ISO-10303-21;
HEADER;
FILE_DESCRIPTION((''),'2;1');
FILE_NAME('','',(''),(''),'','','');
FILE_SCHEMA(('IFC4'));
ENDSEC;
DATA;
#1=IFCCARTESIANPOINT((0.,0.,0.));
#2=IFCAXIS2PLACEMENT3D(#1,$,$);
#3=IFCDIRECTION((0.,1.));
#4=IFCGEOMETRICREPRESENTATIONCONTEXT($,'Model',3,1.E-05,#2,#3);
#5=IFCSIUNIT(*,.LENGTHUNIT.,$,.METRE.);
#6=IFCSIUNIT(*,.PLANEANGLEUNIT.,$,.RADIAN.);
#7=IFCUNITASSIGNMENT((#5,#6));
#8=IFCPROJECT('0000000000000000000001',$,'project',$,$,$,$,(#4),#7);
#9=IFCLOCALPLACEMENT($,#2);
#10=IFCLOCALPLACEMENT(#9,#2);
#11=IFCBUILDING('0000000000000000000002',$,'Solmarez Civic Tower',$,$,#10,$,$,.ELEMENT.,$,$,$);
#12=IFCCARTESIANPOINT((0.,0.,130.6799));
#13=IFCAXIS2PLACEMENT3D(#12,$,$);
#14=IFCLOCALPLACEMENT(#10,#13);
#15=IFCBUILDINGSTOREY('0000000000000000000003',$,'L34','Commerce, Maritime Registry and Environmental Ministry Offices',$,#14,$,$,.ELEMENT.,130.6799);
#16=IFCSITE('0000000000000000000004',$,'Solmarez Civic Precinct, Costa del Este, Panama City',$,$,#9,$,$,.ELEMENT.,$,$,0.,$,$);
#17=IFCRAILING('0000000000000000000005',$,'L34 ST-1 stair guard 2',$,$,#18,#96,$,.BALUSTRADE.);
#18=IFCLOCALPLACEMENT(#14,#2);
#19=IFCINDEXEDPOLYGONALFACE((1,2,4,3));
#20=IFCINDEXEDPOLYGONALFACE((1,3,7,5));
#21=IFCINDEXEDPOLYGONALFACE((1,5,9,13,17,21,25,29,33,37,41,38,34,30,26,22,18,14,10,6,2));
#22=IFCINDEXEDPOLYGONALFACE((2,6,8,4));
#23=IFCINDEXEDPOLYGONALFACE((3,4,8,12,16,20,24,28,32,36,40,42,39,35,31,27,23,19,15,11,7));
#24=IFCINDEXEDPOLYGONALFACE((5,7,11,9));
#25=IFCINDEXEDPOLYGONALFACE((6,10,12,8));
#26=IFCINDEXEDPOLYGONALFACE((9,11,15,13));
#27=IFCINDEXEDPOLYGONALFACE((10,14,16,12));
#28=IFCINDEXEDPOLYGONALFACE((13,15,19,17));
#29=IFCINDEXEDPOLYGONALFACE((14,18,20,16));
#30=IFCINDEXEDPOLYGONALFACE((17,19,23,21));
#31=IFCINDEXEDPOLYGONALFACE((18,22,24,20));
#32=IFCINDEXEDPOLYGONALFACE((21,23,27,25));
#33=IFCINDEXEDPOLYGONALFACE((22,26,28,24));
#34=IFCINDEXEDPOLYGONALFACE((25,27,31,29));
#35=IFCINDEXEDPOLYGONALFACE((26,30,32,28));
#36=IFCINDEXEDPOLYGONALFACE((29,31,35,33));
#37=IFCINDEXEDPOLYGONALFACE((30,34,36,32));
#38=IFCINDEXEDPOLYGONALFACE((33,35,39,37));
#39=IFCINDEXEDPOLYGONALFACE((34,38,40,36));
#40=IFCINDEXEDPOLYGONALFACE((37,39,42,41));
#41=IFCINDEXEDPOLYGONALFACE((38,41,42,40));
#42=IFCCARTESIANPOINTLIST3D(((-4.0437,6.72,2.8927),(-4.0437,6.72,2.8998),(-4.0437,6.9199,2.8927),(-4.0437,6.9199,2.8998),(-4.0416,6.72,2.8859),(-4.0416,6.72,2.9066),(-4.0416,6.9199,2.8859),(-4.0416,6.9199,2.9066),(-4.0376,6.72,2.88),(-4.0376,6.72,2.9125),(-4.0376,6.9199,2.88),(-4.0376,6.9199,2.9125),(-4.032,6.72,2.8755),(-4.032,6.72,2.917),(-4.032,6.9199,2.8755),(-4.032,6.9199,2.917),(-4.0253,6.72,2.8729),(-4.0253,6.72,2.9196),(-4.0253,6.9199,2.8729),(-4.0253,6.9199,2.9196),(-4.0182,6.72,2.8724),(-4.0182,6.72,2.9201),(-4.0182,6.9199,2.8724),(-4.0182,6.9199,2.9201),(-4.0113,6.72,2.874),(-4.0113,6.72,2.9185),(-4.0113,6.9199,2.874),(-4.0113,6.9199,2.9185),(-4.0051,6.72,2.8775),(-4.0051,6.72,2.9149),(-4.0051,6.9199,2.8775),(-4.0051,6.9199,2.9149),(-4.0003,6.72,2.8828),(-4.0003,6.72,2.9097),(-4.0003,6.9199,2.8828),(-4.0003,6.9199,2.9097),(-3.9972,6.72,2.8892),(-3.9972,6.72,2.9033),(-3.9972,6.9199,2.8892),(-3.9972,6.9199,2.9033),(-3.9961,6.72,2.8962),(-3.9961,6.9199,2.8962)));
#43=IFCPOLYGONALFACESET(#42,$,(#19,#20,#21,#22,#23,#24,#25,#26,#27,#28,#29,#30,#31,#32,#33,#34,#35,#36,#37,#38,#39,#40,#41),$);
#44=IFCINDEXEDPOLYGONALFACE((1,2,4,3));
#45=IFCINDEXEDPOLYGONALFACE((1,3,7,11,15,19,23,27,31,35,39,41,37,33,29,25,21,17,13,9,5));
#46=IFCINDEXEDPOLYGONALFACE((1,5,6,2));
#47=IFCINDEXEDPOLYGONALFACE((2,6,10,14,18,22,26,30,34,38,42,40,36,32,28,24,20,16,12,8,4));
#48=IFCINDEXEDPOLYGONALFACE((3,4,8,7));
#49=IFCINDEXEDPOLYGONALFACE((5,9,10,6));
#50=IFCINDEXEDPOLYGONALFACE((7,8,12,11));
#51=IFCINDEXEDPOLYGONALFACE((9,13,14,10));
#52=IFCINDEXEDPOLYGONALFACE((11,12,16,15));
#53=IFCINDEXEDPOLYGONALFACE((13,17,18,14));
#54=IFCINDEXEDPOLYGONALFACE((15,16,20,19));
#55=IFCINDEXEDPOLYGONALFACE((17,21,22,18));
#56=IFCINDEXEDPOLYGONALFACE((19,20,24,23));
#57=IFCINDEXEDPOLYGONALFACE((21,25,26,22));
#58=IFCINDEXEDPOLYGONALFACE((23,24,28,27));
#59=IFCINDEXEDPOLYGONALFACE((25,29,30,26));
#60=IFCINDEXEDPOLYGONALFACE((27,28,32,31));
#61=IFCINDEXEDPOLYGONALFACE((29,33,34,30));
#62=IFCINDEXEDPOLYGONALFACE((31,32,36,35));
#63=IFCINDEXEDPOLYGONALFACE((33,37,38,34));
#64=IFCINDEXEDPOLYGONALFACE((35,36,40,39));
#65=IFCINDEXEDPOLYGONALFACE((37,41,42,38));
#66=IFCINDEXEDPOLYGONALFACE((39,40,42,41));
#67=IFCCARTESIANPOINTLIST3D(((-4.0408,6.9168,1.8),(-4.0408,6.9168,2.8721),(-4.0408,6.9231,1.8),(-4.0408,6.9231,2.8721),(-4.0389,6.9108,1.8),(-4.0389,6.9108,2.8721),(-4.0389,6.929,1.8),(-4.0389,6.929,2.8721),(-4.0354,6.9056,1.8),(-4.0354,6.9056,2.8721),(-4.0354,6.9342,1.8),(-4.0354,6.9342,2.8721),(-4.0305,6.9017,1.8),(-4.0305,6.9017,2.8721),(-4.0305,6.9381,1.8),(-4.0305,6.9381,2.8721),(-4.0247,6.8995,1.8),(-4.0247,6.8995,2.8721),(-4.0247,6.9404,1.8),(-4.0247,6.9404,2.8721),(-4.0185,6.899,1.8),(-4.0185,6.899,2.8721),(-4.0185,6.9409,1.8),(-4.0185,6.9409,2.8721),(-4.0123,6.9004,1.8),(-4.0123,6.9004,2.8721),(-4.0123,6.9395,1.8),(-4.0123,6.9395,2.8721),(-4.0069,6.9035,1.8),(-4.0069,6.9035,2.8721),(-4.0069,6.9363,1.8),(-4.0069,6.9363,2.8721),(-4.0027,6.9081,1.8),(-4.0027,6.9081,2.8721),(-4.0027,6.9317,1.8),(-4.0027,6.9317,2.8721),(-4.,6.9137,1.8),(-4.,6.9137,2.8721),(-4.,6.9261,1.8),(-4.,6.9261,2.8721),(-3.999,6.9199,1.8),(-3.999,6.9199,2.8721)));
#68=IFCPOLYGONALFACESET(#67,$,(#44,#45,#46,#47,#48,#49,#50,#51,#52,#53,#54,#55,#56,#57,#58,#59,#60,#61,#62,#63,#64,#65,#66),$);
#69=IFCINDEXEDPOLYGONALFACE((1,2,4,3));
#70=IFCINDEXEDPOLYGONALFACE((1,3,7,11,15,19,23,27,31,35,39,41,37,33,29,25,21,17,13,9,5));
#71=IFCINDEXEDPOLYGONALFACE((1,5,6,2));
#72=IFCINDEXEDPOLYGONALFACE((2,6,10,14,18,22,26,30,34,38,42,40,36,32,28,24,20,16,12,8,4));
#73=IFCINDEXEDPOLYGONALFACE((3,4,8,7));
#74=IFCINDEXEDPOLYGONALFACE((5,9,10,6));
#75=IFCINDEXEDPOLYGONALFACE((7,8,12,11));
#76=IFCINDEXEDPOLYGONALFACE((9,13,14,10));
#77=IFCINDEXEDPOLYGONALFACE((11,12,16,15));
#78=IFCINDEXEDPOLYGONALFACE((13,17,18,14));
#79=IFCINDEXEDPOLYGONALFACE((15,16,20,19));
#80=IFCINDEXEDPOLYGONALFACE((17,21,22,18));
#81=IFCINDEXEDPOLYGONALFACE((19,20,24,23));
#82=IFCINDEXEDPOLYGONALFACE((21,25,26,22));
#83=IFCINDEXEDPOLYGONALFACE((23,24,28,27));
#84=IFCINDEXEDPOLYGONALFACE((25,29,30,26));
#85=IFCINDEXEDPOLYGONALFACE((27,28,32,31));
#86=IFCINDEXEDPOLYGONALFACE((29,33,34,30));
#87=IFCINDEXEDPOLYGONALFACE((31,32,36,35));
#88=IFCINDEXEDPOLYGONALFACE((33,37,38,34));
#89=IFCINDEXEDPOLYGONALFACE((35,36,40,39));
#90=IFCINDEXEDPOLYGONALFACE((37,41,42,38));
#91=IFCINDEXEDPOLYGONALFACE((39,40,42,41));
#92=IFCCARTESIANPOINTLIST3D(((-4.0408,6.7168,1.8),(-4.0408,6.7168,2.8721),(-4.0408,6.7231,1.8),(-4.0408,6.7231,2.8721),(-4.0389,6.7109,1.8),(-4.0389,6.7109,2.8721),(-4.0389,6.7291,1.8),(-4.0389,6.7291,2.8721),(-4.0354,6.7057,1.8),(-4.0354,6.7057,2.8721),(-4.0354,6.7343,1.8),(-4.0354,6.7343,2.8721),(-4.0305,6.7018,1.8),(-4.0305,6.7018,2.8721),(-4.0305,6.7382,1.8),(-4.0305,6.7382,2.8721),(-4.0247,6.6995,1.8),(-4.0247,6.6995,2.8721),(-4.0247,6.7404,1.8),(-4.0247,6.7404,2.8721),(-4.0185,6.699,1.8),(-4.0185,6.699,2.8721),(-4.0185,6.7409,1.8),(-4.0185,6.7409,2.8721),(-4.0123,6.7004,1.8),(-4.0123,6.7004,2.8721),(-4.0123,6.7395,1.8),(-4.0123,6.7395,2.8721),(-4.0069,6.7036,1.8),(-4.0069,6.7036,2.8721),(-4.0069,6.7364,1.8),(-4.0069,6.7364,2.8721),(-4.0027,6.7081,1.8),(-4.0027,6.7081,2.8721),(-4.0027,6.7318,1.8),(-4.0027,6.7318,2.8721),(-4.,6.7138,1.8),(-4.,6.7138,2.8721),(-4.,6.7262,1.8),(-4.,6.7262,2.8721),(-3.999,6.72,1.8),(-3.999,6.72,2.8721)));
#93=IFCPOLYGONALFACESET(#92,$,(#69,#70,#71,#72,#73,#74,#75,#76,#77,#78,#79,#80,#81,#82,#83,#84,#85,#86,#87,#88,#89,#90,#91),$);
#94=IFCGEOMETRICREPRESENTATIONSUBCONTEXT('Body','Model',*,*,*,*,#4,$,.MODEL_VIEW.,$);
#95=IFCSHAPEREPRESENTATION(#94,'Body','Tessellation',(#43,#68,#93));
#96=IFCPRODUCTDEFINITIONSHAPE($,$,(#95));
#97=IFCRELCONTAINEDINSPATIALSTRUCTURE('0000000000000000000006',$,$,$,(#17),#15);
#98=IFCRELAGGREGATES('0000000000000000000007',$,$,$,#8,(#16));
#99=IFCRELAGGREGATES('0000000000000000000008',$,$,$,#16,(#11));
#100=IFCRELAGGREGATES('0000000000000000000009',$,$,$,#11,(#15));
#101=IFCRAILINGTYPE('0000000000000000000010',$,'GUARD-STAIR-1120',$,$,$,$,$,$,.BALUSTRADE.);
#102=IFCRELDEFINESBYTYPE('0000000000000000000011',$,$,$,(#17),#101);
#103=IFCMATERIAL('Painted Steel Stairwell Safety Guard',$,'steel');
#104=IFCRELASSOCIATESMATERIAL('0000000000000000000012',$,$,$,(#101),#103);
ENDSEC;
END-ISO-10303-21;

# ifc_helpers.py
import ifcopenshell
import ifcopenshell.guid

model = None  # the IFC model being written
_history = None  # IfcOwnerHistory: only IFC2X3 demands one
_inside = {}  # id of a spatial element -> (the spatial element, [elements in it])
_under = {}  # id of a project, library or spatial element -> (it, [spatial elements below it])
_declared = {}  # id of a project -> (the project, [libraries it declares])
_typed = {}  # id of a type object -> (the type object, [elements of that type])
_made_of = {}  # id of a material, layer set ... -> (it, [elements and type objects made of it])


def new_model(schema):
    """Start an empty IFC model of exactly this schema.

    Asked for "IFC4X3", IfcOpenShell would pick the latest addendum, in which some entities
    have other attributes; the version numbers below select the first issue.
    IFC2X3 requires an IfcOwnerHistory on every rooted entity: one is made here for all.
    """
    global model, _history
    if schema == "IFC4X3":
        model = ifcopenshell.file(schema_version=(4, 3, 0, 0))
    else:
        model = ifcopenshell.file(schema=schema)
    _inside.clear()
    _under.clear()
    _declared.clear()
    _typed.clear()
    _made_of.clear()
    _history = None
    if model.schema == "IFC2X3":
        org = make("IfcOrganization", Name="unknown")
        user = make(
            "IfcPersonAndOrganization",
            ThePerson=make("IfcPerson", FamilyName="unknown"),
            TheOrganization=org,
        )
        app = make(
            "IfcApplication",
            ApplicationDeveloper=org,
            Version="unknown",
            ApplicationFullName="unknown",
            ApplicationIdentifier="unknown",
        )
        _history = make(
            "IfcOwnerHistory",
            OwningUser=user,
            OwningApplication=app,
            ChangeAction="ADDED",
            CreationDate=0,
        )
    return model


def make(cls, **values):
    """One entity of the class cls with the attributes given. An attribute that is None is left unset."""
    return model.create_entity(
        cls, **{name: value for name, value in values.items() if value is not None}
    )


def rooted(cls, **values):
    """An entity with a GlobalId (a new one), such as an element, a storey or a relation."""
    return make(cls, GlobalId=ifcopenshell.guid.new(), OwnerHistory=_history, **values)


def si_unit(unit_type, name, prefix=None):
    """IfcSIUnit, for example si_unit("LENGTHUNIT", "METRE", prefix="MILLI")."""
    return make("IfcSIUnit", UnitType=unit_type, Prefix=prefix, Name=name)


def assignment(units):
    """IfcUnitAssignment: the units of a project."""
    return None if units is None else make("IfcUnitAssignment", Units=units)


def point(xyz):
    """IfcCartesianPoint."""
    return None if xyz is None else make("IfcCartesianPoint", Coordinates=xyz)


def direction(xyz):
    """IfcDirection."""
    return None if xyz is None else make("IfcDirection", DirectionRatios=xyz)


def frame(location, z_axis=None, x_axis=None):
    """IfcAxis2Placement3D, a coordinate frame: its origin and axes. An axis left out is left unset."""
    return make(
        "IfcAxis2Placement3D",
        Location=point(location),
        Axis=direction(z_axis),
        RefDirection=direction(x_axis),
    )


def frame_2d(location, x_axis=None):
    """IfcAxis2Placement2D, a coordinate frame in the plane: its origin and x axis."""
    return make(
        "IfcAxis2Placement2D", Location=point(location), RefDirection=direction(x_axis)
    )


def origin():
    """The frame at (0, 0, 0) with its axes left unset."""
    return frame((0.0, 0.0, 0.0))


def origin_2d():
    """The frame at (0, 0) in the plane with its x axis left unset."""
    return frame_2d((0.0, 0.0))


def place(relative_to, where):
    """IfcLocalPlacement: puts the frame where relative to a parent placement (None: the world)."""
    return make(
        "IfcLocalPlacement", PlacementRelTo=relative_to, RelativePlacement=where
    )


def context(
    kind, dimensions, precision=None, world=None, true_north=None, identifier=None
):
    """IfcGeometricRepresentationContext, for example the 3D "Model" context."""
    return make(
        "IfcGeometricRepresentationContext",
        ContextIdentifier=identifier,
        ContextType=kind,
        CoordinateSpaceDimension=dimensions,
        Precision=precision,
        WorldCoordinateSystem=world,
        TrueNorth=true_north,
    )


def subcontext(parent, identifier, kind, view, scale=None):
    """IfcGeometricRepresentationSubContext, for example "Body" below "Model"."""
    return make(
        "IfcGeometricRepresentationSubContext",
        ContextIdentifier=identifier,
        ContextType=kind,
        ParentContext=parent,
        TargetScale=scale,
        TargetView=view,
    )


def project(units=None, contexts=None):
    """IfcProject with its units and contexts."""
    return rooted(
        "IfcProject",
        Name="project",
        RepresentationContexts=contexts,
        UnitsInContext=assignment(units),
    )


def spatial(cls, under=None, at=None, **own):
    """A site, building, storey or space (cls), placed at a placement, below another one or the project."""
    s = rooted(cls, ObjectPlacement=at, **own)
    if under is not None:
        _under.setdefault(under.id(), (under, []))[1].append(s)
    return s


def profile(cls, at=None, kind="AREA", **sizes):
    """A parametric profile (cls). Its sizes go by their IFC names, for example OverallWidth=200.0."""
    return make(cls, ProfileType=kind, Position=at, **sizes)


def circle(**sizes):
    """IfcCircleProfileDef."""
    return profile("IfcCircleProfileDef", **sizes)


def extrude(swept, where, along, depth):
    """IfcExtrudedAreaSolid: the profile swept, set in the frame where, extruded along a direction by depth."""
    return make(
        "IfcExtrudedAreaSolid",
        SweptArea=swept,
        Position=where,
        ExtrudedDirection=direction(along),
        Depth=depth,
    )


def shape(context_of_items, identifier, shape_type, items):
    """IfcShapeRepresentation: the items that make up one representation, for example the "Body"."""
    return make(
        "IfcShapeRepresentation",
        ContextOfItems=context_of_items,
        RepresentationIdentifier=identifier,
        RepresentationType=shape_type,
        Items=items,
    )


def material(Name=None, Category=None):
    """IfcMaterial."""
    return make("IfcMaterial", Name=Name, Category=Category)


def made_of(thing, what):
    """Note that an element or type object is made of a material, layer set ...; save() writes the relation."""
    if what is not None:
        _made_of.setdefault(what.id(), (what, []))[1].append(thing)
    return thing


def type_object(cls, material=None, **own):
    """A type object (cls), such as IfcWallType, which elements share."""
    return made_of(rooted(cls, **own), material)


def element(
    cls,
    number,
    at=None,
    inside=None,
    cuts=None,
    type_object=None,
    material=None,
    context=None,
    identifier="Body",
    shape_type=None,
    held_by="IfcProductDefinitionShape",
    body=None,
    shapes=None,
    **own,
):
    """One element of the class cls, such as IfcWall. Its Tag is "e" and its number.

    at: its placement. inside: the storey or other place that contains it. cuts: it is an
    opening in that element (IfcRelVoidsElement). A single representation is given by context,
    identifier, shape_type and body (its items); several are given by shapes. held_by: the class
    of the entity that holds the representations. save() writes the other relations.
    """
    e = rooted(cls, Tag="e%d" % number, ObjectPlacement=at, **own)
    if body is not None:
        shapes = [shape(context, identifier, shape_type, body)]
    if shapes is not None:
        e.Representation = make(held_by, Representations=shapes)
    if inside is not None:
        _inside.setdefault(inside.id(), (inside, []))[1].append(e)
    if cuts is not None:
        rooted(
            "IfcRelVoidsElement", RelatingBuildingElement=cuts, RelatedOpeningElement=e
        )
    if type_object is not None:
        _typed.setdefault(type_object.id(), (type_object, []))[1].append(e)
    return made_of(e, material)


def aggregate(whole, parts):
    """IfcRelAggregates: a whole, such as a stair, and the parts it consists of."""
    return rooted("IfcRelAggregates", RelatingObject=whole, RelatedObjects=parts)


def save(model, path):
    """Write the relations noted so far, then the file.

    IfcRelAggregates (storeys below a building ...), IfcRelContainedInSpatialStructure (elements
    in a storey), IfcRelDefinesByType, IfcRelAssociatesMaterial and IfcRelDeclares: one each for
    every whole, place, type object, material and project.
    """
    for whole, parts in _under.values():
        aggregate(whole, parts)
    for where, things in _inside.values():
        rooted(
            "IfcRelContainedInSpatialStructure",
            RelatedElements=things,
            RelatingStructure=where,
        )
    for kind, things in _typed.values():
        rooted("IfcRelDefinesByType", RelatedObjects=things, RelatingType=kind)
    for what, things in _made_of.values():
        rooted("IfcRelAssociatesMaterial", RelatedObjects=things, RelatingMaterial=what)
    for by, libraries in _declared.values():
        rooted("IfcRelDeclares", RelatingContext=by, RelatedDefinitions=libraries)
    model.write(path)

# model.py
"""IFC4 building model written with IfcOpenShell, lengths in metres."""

from ifc_helpers import new_model, si_unit, direction, frame, origin, origin_2d, place, context, subcontext, project, spatial, circle, extrude, material, type_object, element, save


model = new_model("IFC4")

# Units and contexts
model_context = context("Model", 3, precision=1e-05, world=origin(), true_north=direction((0.0, 1.0)))
body_context = subcontext(model_context, "Body", "Model", "MODEL_VIEW")
ifc_project = project(units=[si_unit("LENGTHUNIT", "METRE"), si_unit("PLANEANGLEUNIT", "RADIAN")], contexts=[model_context])

# Site, building, storey
site_placement = place(None, origin())
site = spatial("IfcSite", under=ifc_project, at=site_placement, Name="Solmarez Civic Precinct, Costa del Este, Panama City", CompositionType="ELEMENT", RefElevation=0.0)
building_placement = place(site_placement, origin())
building = spatial("IfcBuilding", under=site, at=building_placement, Name="Solmarez Civic Tower", CompositionType="ELEMENT")
storey_placement = place(building_placement, frame((0.0, 0.0, 130.6799)))
storey = spatial("IfcBuildingStorey", under=building, at=storey_placement, Name="L34", Description="Commerce, Maritime Registry and Environmental Ministry Offices", CompositionType="ELEMENT", Elevation=130.6799)

# Railing
ifc_material_1 = material(Name="Painted Steel Stairwell Safety Guard", Category="steel")
railing_type_1 = type_object("IfcRailingType", Name="GUARD-STAIR-1120", PredefinedType="BALUSTRADE", material=ifc_material_1)
railing_1_placement = place(storey_placement, frame((-4.02, 6.9199, 1.8)))
element("IfcRailing", 1, at=railing_1_placement, inside=storey, type_object=railing_type_1, Name="L34 ST-1 stair guard 2", PredefinedType="BALUSTRADE", context=body_context, shape_type="SweptSolid", body=[
    extrude(circle(Radius=0.0239, at=origin_2d()), frame((0.0, 0.0, 1.0962), z_axis=(0.0, -1.0, 0.0), x_axis=(1.0, 0.0, 0.0)), (0.0, 0.0, 1.0), 0.2),
    extrude(circle(Radius=0.021, at=origin_2d()), origin(), (0.0, 0.0, 1.0), 1.072),
    extrude(circle(Radius=0.021, at=origin_2d()), frame((0.0, -0.2, 0.0)), (0.0, 0.0, 1.0), 1.072),
])

save(model, "model.ifc")
